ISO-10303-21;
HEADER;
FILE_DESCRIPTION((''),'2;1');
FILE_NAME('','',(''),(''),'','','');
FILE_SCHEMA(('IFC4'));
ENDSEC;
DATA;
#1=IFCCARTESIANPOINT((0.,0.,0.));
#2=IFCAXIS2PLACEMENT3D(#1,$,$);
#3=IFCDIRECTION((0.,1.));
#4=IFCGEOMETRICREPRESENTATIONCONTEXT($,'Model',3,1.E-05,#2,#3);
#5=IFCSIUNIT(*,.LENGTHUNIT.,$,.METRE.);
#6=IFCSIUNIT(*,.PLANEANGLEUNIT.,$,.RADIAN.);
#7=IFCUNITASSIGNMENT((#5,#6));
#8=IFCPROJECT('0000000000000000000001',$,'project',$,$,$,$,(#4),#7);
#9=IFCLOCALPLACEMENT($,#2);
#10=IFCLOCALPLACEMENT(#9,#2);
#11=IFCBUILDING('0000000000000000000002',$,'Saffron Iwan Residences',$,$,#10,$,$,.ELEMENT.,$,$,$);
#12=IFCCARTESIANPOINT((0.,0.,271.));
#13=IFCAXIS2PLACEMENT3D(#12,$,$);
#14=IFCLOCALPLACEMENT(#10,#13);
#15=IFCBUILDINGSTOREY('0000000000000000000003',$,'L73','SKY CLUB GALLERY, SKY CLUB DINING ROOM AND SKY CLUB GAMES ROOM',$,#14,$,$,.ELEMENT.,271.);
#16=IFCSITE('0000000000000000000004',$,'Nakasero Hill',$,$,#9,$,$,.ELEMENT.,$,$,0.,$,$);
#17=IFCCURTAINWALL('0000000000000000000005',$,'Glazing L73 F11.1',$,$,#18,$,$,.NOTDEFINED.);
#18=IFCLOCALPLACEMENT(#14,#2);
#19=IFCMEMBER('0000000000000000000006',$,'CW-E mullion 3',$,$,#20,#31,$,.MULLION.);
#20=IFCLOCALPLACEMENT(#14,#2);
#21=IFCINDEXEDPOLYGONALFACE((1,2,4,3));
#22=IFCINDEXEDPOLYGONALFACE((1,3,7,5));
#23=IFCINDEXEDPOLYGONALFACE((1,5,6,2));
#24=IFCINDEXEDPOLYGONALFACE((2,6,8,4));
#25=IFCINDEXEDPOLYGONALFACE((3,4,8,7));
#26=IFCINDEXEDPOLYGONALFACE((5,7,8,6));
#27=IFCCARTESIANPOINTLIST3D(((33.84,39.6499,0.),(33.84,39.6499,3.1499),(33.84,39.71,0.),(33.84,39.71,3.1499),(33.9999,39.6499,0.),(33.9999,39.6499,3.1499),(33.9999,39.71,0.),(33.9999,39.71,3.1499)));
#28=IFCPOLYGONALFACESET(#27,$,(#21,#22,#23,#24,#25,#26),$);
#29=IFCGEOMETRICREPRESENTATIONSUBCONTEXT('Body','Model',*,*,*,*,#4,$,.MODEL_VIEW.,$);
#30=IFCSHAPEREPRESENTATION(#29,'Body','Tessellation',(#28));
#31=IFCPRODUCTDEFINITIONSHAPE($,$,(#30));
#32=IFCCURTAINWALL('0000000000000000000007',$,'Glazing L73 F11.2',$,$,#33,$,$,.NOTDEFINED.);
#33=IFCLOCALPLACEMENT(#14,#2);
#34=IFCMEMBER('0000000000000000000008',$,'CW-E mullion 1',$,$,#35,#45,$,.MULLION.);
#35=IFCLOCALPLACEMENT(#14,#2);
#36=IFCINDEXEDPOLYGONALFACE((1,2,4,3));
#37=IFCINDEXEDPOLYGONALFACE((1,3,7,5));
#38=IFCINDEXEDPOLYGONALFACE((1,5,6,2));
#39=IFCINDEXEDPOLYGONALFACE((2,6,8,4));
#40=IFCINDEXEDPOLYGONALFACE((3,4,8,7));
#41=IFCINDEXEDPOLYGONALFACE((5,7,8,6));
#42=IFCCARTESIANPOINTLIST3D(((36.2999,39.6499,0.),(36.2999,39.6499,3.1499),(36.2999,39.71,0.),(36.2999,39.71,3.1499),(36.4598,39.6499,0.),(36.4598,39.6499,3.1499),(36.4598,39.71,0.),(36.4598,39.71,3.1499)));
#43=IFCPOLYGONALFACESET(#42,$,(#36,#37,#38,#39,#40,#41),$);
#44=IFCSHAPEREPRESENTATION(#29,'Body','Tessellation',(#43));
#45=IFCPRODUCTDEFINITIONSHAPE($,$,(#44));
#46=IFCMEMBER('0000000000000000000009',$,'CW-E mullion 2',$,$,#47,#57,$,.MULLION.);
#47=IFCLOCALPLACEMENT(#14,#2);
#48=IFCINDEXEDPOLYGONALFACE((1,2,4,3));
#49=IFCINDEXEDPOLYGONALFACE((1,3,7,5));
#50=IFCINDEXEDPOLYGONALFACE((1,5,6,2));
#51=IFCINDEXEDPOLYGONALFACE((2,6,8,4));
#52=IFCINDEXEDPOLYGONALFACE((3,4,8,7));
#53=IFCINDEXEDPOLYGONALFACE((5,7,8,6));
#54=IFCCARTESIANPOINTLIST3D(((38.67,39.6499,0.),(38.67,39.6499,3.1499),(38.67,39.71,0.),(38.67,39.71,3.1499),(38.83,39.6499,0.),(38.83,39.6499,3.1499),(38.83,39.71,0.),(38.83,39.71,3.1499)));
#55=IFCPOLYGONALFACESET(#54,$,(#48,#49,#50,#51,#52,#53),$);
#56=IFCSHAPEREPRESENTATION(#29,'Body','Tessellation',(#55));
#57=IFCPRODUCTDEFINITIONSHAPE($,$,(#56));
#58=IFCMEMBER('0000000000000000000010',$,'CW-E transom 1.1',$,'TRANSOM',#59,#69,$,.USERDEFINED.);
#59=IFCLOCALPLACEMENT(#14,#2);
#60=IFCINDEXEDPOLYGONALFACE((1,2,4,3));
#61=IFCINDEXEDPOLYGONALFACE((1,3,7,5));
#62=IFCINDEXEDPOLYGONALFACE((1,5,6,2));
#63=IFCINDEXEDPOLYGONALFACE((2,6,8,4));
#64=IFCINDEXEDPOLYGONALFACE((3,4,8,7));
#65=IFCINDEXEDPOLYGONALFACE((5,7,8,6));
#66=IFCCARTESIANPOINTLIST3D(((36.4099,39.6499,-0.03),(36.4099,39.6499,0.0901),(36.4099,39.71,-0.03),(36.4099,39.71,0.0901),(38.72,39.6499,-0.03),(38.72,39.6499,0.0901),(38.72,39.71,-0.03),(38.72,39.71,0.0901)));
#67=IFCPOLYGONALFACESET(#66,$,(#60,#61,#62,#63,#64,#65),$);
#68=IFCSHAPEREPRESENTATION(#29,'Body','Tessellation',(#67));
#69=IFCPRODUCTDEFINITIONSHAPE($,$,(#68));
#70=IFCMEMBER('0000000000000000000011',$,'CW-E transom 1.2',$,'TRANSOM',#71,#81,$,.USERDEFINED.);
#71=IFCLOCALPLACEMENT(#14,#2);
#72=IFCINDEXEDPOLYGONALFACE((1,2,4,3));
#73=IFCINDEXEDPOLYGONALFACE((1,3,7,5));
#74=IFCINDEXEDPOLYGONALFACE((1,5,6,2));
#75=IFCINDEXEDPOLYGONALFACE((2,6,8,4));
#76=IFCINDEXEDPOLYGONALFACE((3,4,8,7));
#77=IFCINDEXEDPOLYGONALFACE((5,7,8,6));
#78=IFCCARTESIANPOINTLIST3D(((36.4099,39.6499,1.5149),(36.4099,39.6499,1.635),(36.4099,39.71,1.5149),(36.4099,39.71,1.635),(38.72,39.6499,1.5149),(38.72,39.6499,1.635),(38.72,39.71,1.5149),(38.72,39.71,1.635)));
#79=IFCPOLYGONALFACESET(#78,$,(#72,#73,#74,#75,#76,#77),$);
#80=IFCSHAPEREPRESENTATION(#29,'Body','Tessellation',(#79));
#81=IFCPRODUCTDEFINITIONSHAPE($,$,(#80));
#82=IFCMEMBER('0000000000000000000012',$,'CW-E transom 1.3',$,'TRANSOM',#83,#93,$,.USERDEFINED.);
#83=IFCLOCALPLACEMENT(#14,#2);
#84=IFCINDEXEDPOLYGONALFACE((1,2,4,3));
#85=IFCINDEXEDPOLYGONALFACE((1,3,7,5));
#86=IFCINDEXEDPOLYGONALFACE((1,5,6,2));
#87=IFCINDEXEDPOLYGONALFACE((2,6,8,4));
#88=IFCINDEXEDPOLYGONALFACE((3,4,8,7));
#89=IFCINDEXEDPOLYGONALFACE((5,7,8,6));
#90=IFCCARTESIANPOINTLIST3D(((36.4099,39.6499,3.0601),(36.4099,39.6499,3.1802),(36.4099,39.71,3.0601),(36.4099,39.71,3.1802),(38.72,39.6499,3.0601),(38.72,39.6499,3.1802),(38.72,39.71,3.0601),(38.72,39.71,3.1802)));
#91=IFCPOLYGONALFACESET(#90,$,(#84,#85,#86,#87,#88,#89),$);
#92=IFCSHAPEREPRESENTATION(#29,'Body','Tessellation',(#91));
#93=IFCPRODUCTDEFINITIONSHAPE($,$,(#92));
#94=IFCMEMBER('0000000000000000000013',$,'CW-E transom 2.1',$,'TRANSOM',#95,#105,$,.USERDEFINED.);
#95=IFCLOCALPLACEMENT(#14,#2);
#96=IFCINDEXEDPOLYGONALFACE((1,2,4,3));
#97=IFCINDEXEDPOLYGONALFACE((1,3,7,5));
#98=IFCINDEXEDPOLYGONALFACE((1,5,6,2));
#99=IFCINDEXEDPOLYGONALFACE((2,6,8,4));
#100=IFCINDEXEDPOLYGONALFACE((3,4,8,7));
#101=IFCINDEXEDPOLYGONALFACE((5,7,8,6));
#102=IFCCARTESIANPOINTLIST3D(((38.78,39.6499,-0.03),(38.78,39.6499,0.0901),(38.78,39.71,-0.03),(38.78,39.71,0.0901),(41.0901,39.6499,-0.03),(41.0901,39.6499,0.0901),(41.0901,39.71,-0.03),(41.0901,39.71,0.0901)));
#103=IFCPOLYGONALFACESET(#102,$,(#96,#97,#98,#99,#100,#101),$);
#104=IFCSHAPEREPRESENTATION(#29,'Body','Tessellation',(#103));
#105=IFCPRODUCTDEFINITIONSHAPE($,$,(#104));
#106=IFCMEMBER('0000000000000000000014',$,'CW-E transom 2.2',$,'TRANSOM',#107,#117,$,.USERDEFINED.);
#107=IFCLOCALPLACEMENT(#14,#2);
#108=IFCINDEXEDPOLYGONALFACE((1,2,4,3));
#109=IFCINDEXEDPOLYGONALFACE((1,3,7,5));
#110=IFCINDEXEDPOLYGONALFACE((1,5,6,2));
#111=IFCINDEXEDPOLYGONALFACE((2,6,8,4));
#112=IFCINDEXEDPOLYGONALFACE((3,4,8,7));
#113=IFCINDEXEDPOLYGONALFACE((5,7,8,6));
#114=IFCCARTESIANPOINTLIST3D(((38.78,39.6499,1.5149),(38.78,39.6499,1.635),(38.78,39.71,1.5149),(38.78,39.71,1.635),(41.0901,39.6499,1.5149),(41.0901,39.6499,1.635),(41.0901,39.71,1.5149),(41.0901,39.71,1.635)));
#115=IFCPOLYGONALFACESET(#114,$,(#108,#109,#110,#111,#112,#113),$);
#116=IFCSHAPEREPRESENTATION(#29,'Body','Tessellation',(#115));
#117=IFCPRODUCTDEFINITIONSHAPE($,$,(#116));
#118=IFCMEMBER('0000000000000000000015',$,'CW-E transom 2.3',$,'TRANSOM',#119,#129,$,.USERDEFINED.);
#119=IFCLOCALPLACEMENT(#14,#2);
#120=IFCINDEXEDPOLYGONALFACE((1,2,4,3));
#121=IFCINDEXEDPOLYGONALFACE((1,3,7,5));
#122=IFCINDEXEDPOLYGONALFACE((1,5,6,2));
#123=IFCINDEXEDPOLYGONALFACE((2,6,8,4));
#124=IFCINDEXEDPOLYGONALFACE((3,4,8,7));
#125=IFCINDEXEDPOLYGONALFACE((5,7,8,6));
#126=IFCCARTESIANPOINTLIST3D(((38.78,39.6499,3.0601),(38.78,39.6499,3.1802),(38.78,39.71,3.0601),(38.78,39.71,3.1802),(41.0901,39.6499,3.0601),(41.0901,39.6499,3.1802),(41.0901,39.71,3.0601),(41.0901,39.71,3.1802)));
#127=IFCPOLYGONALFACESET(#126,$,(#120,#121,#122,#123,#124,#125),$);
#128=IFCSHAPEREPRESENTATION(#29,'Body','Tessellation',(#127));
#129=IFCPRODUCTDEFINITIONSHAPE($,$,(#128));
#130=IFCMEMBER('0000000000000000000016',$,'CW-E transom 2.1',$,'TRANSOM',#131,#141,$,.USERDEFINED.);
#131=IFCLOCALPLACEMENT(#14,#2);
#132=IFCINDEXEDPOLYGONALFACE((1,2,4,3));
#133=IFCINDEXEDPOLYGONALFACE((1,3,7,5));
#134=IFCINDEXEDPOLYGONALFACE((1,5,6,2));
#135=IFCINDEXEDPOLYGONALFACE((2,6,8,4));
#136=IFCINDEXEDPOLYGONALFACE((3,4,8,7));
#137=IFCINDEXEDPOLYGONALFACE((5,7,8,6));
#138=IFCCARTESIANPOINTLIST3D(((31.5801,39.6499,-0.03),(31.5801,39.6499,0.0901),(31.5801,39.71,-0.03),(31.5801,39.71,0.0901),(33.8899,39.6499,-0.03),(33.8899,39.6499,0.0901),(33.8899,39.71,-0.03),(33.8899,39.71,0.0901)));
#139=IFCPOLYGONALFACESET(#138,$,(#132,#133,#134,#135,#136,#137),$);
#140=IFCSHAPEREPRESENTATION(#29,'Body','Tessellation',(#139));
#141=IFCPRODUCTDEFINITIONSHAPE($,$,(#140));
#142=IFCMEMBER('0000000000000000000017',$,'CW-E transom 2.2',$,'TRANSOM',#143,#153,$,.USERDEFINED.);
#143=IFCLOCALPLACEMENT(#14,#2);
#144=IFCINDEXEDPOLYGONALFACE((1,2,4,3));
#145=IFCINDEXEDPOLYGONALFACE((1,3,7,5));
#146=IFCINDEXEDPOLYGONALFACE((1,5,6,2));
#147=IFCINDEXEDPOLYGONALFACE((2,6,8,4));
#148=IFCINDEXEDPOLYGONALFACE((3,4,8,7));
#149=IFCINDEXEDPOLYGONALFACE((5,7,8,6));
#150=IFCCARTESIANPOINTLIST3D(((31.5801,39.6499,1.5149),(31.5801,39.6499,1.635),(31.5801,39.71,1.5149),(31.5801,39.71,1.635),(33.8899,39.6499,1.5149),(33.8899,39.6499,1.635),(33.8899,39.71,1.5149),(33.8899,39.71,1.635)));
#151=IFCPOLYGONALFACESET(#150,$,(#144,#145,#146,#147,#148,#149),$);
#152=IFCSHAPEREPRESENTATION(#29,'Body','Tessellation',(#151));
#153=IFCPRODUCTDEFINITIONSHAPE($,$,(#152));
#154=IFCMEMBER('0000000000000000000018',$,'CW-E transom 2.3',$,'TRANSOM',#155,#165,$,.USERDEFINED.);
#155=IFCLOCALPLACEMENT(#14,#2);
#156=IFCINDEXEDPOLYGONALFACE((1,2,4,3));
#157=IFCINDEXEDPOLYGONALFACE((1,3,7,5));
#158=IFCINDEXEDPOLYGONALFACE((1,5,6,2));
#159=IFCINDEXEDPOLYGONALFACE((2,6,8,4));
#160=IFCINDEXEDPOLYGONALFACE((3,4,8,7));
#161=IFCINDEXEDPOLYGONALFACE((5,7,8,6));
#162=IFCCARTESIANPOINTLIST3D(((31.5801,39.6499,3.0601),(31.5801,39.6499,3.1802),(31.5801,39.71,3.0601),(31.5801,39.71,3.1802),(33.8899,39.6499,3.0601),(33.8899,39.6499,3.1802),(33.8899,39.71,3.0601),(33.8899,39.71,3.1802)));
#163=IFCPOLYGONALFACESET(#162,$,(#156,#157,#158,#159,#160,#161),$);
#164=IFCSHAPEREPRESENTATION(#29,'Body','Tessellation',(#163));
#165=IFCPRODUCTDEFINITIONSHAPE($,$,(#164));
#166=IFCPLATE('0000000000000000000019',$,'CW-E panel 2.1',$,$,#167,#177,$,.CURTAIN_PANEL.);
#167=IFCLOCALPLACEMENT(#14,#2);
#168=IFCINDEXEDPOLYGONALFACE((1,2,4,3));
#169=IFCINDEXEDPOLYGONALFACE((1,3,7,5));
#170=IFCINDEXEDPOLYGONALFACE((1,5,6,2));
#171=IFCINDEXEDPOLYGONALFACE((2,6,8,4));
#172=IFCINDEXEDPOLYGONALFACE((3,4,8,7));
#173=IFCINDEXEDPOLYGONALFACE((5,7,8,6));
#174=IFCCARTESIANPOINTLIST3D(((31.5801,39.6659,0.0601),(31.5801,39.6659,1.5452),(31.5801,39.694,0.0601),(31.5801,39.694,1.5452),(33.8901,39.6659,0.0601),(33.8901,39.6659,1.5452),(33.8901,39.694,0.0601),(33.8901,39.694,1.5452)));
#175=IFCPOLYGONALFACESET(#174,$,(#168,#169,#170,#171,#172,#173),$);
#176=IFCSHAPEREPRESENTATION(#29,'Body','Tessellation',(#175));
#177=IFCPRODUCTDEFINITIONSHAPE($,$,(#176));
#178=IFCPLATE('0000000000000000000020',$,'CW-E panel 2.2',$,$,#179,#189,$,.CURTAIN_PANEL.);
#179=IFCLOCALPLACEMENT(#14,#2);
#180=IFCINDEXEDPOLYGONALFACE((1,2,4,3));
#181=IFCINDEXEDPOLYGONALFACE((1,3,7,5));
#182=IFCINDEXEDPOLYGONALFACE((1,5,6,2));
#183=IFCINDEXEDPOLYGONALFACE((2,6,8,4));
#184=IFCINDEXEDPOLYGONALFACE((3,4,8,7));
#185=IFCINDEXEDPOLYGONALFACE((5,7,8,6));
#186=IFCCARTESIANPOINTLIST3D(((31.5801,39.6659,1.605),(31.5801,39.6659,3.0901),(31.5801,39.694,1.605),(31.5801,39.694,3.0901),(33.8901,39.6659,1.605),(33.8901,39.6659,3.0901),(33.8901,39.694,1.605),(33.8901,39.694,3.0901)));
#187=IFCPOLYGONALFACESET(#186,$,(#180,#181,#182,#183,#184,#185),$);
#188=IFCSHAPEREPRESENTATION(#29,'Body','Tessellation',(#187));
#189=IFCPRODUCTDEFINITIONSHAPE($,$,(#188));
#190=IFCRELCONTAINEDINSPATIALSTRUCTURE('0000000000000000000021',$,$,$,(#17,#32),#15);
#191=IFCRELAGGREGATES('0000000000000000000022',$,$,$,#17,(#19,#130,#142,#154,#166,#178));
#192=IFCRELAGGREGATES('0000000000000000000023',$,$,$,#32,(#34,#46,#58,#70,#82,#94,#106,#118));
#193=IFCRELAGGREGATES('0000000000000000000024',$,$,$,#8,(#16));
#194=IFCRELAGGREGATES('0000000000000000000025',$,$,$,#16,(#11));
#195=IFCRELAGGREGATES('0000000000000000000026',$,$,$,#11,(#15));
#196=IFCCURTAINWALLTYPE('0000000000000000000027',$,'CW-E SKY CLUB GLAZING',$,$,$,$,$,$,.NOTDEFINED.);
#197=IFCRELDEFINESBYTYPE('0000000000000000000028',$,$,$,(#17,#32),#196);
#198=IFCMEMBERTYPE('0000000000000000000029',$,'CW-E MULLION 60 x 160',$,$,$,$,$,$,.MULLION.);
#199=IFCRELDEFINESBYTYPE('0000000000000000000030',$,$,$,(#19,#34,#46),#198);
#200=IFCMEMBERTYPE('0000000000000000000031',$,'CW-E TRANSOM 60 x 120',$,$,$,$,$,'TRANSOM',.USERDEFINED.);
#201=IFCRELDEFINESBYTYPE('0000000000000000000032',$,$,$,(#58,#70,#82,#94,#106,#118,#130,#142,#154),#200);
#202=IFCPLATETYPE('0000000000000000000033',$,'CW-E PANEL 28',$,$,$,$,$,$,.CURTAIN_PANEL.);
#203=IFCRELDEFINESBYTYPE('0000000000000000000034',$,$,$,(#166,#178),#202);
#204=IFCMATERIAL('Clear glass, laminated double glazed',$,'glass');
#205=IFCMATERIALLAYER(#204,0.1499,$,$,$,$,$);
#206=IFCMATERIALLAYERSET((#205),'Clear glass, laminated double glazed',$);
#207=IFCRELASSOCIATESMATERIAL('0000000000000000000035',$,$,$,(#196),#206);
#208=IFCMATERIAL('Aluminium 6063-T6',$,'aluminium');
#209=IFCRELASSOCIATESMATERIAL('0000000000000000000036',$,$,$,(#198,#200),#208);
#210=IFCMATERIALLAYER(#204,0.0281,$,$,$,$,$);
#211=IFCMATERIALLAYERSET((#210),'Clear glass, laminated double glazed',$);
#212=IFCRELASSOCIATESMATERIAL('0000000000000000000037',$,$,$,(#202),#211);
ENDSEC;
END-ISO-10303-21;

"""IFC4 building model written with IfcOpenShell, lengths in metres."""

from ifc_helpers import new_model, si_unit, direction, frame, origin, origin_2d, place, context, subcontext, project, spatial, rectangle, extrude, source, transform, mapped, material, layer, layer_set, material_profile, profile_set, type_object, element, aggregate, save


model = new_model("IFC4")

# Units and contexts
model_context = context("Model", 3, precision=1e-05, world=origin(), true_north=direction((0.0, 1.0)))
body_context = subcontext(model_context, "Body", "Model", "MODEL_VIEW")
ifc_project = project(units=[si_unit("LENGTHUNIT", "METRE"), si_unit("PLANEANGLEUNIT", "RADIAN")], contexts=[model_context])

# Site, building, storey
site_placement = place(None, origin())
site = spatial("IfcSite", under=ifc_project, at=site_placement, Name="Nakasero Hill", CompositionType="ELEMENT", RefElevation=0.0)
building_placement = place(site_placement, origin())
building = spatial("IfcBuilding", under=site, at=building_placement, Name="Saffron Iwan Residences", CompositionType="ELEMENT")
storey_placement = place(building_placement, frame((0.0, 0.0, 271.0)))
storey = spatial("IfcBuildingStorey", under=building, at=storey_placement, Name="L73", Description="SKY CLUB GALLERY, SKY CLUB DINING ROOM AND SKY CLUB GAMES ROOM", CompositionType="ELEMENT", Elevation=271.0)

# Curtain wall, member
ifc_material_1 = material(Name="Clear glass, laminated double glazed", Category="glass")
ifc_layer_1 = layer(ifc_material_1, 0.1499)
ifc_layer_set_1 = layer_set([ifc_layer_1], Name="Clear glass, laminated double glazed")
curtain_wall_type = type_object("IfcCurtainWallType", Name="CW-E SKY CLUB GLAZING", PredefinedType="NOTDEFINED", material=ifc_layer_set_1)
curtain_wall_1_placement = place(storey_placement, origin())
curtain_wall_1 = element("IfcCurtainWall", 1, at=curtain_wall_1_placement, inside=storey, type_object=curtain_wall_type, Name="Glazing L73 F11.1", PredefinedType="NOTDEFINED")
ifc_material_2 = material(Name="Aluminium 6063-T6", Category="aluminium")
ifc_material_profile_1 = material_profile(ifc_material_2, rectangle(XDim=0.0601, YDim=0.1599, at=origin_2d()), Name="CW-E MULLION 60 x 160")
ifc_profile_set_1 = profile_set([ifc_material_profile_1], Name="Aluminium 6063-T6")
member_type_1 = type_object("IfcMemberType", Name="CW-E MULLION 60 x 160", PredefinedType="MULLION", material=ifc_profile_set_1)
shared_shape_1 = source(origin(), body_context, "Body", "SweptSolid", [
    extrude(rectangle(XDim=0.0601, YDim=0.1599, at=origin_2d()), origin(), (0.0, 0.0, 1.0), 3.1499),
])
member_1_placement = place(storey_placement, frame((33.9199, 39.6799, 0.0), z_axis=(0.0, 0.0, 1.0), x_axis=(0.0, 1.0, 0.0)))
member_1 = element("IfcMember", 2, at=member_1_placement, type_object=member_type_1, Name="CW-E mullion 3", PredefinedType="MULLION", context=body_context, shape_type="MappedRepresentation", body=[
    mapped(shared_shape_1, transform((0.0, 0.0, 0.0))),
])

# Curtain wall, members
curtain_wall_2_placement = place(storey_placement, origin())
curtain_wall_2 = element("IfcCurtainWall", 3, at=curtain_wall_2_placement, inside=storey, type_object=curtain_wall_type, Name="Glazing L73 F11.2", PredefinedType="NOTDEFINED")
member_2_placement = place(storey_placement, frame((36.3799, 39.6799, 0.0), z_axis=(0.0, 0.0, 1.0), x_axis=(0.0, 1.0, 0.0)))
member_2 = element("IfcMember", 4, at=member_2_placement, type_object=member_type_1, Name="CW-E mullion 1", PredefinedType="MULLION", context=body_context, shape_type="MappedRepresentation", body=[
    mapped(shared_shape_1, transform((0.0, 0.0, 0.0))),
])
member_3_placement = place(storey_placement, frame((38.75, 39.6799, 0.0), z_axis=(0.0, 0.0, 1.0), x_axis=(0.0, 1.0, 0.0)))
member_3 = element("IfcMember", 5, at=member_3_placement, type_object=member_type_1, Name="CW-E mullion 2", PredefinedType="MULLION", context=body_context, shape_type="MappedRepresentation", body=[
    mapped(shared_shape_1, transform((0.0, 0.0, 0.0))),
])
ifc_material_profile_2 = material_profile(ifc_material_2, rectangle(XDim=0.0601, YDim=0.1201, at=origin_2d()), Name="CW-E TRANSOM 60 x 120")
ifc_profile_set_2 = profile_set([ifc_material_profile_2], Name="Aluminium 6063-T6")
member_type_2 = type_object("IfcMemberType", Name="CW-E TRANSOM 60 x 120", ElementType="TRANSOM", PredefinedType="USERDEFINED", material=ifc_profile_set_2)
shared_shape_2 = source(origin(), body_context, "Body", "SweptSolid", [
    extrude(rectangle(XDim=0.0601, YDim=0.1201, at=origin_2d()), origin(), (0.0, 0.0, 1.0), 2.3101),
])
member_4_placement = place(storey_placement, frame((36.4099, 39.6799, 0.03), z_axis=(1.0, 0.0, 0.0), x_axis=(0.0, 1.0, 0.0)))
member_4 = element("IfcMember", 6, at=member_4_placement, type_object=member_type_2, Name="CW-E transom 1.1", ObjectType="TRANSOM", PredefinedType="USERDEFINED", context=body_context, shape_type="MappedRepresentation", body=[
    mapped(shared_shape_2, transform((0.0, 0.0, 0.0))),
])
member_5_placement = place(storey_placement, frame((36.4099, 39.6799, 1.575), z_axis=(1.0, 0.0, 0.0), x_axis=(0.0, 1.0, 0.0)))
member_5 = element("IfcMember", 7, at=member_5_placement, type_object=member_type_2, Name="CW-E transom 1.2", ObjectType="TRANSOM", PredefinedType="USERDEFINED", context=body_context, shape_type="MappedRepresentation", body=[
    mapped(shared_shape_2, transform((0.0, 0.0, 0.0))),
])
member_6_placement = place(storey_placement, frame((36.4099, 39.6799, 3.1201), z_axis=(1.0, 0.0, 0.0), x_axis=(0.0, 1.0, 0.0)))
member_6 = element("IfcMember", 8, at=member_6_placement, type_object=member_type_2, Name="CW-E transom 1.3", ObjectType="TRANSOM", PredefinedType="USERDEFINED", context=body_context, shape_type="MappedRepresentation", body=[
    mapped(shared_shape_2, transform((0.0, 0.0, 0.0))),
])
member_7_placement = place(storey_placement, frame((38.78, 39.6799, 0.03), z_axis=(1.0, 0.0, 0.0), x_axis=(0.0, 1.0, 0.0)))
member_7 = element("IfcMember", 9, at=member_7_placement, type_object=member_type_2, Name="CW-E transom 2.1", ObjectType="TRANSOM", PredefinedType="USERDEFINED", context=body_context, shape_type="MappedRepresentation", body=[
    mapped(shared_shape_2, transform((0.0, 0.0, 0.0))),
])
member_8_placement = place(storey_placement, frame((38.78, 39.6799, 1.575), z_axis=(1.0, 0.0, 0.0), x_axis=(0.0, 1.0, 0.0)))
member_8 = element("IfcMember", 10, at=member_8_placement, type_object=member_type_2, Name="CW-E transom 2.2", ObjectType="TRANSOM", PredefinedType="USERDEFINED", context=body_context, shape_type="MappedRepresentation", body=[
    mapped(shared_shape_2, transform((0.0, 0.0, 0.0))),
])
member_9_placement = place(storey_placement, frame((38.78, 39.6799, 3.1201), z_axis=(1.0, 0.0, 0.0), x_axis=(0.0, 1.0, 0.0)))
member_9 = element("IfcMember", 11, at=member_9_placement, type_object=member_type_2, Name="CW-E transom 2.3", ObjectType="TRANSOM", PredefinedType="USERDEFINED", context=body_context, shape_type="MappedRepresentation", body=[
    mapped(shared_shape_2, transform((0.0, 0.0, 0.0))),
])

# Members
shared_shape_3 = source(origin(), body_context, "Body", "SweptSolid", [
    extrude(rectangle(XDim=0.0601, YDim=0.1201, at=origin_2d()), origin(), (0.0, 0.0, 1.0), 2.3098),
])
member_10_placement = place(storey_placement, frame((31.5801, 39.6799, 0.03), z_axis=(1.0, 0.0, 0.0), x_axis=(0.0, 1.0, 0.0)))
member_10 = element("IfcMember", 12, at=member_10_placement, type_object=member_type_2, Name="CW-E transom 2.1", ObjectType="TRANSOM", PredefinedType="USERDEFINED", context=body_context, shape_type="MappedRepresentation", body=[
    mapped(shared_shape_3, transform((0.0, 0.0, 0.0))),
])
member_11_placement = place(storey_placement, frame((31.5801, 39.6799, 1.575), z_axis=(1.0, 0.0, 0.0), x_axis=(0.0, 1.0, 0.0)))
member_11 = element("IfcMember", 13, at=member_11_placement, type_object=member_type_2, Name="CW-E transom 2.2", ObjectType="TRANSOM", PredefinedType="USERDEFINED", context=body_context, shape_type="MappedRepresentation", body=[
    mapped(shared_shape_3, transform((0.0, 0.0, 0.0))),
])
member_12_placement = place(storey_placement, frame((31.5801, 39.6799, 3.1201), z_axis=(1.0, 0.0, 0.0), x_axis=(0.0, 1.0, 0.0)))
member_12 = element("IfcMember", 14, at=member_12_placement, type_object=member_type_2, Name="CW-E transom 2.3", ObjectType="TRANSOM", PredefinedType="USERDEFINED", context=body_context, shape_type="MappedRepresentation", body=[
    mapped(shared_shape_3, transform((0.0, 0.0, 0.0))),
])

# Plates
ifc_layer_2 = layer(ifc_material_1, 0.0281)
ifc_layer_set_2 = layer_set([ifc_layer_2], Name="Clear glass, laminated double glazed")
plate_type = type_object("IfcPlateType", Name="CW-E PANEL 28", PredefinedType="CURTAIN_PANEL", material=ifc_layer_set_2)
shared_shape_4 = source(origin(), body_context, "Body", "SweptSolid", [
    extrude(rectangle(XDim=2.3101, YDim=0.0281, at=origin_2d()), origin(), (0.0, 0.0, 1.0), 1.4851),
])
plate_1_placement = place(storey_placement, frame((32.7351, 39.6799, 0.0601), z_axis=(0.0, 0.0, 1.0), x_axis=(1.0, 0.0, 0.0)))
plate_1 = element("IfcPlate", 15, at=plate_1_placement, type_object=plate_type, Name="CW-E panel 2.1", PredefinedType="CURTAIN_PANEL", context=body_context, shape_type="MappedRepresentation", body=[
    mapped(shared_shape_4, transform((0.0, 0.0, 0.0))),
])
plate_2_placement = place(storey_placement, frame((32.7351, 39.6799, 1.605), z_axis=(0.0, 0.0, 1.0), x_axis=(1.0, 0.0, 0.0)))
plate_2 = element("IfcPlate", 16, at=plate_2_placement, type_object=plate_type, Name="CW-E panel 2.2", PredefinedType="CURTAIN_PANEL", context=body_context, shape_type="MappedRepresentation", body=[
    mapped(shared_shape_4, transform((0.0, 0.0, 0.0))),
])
aggregate(curtain_wall_1, [member_1, member_10, member_11, member_12, plate_1, plate_2])
aggregate(curtain_wall_2, [member_2, member_3, member_4, member_5, member_6, member_7, member_8, member_9])

save(model, "model.ifc")
